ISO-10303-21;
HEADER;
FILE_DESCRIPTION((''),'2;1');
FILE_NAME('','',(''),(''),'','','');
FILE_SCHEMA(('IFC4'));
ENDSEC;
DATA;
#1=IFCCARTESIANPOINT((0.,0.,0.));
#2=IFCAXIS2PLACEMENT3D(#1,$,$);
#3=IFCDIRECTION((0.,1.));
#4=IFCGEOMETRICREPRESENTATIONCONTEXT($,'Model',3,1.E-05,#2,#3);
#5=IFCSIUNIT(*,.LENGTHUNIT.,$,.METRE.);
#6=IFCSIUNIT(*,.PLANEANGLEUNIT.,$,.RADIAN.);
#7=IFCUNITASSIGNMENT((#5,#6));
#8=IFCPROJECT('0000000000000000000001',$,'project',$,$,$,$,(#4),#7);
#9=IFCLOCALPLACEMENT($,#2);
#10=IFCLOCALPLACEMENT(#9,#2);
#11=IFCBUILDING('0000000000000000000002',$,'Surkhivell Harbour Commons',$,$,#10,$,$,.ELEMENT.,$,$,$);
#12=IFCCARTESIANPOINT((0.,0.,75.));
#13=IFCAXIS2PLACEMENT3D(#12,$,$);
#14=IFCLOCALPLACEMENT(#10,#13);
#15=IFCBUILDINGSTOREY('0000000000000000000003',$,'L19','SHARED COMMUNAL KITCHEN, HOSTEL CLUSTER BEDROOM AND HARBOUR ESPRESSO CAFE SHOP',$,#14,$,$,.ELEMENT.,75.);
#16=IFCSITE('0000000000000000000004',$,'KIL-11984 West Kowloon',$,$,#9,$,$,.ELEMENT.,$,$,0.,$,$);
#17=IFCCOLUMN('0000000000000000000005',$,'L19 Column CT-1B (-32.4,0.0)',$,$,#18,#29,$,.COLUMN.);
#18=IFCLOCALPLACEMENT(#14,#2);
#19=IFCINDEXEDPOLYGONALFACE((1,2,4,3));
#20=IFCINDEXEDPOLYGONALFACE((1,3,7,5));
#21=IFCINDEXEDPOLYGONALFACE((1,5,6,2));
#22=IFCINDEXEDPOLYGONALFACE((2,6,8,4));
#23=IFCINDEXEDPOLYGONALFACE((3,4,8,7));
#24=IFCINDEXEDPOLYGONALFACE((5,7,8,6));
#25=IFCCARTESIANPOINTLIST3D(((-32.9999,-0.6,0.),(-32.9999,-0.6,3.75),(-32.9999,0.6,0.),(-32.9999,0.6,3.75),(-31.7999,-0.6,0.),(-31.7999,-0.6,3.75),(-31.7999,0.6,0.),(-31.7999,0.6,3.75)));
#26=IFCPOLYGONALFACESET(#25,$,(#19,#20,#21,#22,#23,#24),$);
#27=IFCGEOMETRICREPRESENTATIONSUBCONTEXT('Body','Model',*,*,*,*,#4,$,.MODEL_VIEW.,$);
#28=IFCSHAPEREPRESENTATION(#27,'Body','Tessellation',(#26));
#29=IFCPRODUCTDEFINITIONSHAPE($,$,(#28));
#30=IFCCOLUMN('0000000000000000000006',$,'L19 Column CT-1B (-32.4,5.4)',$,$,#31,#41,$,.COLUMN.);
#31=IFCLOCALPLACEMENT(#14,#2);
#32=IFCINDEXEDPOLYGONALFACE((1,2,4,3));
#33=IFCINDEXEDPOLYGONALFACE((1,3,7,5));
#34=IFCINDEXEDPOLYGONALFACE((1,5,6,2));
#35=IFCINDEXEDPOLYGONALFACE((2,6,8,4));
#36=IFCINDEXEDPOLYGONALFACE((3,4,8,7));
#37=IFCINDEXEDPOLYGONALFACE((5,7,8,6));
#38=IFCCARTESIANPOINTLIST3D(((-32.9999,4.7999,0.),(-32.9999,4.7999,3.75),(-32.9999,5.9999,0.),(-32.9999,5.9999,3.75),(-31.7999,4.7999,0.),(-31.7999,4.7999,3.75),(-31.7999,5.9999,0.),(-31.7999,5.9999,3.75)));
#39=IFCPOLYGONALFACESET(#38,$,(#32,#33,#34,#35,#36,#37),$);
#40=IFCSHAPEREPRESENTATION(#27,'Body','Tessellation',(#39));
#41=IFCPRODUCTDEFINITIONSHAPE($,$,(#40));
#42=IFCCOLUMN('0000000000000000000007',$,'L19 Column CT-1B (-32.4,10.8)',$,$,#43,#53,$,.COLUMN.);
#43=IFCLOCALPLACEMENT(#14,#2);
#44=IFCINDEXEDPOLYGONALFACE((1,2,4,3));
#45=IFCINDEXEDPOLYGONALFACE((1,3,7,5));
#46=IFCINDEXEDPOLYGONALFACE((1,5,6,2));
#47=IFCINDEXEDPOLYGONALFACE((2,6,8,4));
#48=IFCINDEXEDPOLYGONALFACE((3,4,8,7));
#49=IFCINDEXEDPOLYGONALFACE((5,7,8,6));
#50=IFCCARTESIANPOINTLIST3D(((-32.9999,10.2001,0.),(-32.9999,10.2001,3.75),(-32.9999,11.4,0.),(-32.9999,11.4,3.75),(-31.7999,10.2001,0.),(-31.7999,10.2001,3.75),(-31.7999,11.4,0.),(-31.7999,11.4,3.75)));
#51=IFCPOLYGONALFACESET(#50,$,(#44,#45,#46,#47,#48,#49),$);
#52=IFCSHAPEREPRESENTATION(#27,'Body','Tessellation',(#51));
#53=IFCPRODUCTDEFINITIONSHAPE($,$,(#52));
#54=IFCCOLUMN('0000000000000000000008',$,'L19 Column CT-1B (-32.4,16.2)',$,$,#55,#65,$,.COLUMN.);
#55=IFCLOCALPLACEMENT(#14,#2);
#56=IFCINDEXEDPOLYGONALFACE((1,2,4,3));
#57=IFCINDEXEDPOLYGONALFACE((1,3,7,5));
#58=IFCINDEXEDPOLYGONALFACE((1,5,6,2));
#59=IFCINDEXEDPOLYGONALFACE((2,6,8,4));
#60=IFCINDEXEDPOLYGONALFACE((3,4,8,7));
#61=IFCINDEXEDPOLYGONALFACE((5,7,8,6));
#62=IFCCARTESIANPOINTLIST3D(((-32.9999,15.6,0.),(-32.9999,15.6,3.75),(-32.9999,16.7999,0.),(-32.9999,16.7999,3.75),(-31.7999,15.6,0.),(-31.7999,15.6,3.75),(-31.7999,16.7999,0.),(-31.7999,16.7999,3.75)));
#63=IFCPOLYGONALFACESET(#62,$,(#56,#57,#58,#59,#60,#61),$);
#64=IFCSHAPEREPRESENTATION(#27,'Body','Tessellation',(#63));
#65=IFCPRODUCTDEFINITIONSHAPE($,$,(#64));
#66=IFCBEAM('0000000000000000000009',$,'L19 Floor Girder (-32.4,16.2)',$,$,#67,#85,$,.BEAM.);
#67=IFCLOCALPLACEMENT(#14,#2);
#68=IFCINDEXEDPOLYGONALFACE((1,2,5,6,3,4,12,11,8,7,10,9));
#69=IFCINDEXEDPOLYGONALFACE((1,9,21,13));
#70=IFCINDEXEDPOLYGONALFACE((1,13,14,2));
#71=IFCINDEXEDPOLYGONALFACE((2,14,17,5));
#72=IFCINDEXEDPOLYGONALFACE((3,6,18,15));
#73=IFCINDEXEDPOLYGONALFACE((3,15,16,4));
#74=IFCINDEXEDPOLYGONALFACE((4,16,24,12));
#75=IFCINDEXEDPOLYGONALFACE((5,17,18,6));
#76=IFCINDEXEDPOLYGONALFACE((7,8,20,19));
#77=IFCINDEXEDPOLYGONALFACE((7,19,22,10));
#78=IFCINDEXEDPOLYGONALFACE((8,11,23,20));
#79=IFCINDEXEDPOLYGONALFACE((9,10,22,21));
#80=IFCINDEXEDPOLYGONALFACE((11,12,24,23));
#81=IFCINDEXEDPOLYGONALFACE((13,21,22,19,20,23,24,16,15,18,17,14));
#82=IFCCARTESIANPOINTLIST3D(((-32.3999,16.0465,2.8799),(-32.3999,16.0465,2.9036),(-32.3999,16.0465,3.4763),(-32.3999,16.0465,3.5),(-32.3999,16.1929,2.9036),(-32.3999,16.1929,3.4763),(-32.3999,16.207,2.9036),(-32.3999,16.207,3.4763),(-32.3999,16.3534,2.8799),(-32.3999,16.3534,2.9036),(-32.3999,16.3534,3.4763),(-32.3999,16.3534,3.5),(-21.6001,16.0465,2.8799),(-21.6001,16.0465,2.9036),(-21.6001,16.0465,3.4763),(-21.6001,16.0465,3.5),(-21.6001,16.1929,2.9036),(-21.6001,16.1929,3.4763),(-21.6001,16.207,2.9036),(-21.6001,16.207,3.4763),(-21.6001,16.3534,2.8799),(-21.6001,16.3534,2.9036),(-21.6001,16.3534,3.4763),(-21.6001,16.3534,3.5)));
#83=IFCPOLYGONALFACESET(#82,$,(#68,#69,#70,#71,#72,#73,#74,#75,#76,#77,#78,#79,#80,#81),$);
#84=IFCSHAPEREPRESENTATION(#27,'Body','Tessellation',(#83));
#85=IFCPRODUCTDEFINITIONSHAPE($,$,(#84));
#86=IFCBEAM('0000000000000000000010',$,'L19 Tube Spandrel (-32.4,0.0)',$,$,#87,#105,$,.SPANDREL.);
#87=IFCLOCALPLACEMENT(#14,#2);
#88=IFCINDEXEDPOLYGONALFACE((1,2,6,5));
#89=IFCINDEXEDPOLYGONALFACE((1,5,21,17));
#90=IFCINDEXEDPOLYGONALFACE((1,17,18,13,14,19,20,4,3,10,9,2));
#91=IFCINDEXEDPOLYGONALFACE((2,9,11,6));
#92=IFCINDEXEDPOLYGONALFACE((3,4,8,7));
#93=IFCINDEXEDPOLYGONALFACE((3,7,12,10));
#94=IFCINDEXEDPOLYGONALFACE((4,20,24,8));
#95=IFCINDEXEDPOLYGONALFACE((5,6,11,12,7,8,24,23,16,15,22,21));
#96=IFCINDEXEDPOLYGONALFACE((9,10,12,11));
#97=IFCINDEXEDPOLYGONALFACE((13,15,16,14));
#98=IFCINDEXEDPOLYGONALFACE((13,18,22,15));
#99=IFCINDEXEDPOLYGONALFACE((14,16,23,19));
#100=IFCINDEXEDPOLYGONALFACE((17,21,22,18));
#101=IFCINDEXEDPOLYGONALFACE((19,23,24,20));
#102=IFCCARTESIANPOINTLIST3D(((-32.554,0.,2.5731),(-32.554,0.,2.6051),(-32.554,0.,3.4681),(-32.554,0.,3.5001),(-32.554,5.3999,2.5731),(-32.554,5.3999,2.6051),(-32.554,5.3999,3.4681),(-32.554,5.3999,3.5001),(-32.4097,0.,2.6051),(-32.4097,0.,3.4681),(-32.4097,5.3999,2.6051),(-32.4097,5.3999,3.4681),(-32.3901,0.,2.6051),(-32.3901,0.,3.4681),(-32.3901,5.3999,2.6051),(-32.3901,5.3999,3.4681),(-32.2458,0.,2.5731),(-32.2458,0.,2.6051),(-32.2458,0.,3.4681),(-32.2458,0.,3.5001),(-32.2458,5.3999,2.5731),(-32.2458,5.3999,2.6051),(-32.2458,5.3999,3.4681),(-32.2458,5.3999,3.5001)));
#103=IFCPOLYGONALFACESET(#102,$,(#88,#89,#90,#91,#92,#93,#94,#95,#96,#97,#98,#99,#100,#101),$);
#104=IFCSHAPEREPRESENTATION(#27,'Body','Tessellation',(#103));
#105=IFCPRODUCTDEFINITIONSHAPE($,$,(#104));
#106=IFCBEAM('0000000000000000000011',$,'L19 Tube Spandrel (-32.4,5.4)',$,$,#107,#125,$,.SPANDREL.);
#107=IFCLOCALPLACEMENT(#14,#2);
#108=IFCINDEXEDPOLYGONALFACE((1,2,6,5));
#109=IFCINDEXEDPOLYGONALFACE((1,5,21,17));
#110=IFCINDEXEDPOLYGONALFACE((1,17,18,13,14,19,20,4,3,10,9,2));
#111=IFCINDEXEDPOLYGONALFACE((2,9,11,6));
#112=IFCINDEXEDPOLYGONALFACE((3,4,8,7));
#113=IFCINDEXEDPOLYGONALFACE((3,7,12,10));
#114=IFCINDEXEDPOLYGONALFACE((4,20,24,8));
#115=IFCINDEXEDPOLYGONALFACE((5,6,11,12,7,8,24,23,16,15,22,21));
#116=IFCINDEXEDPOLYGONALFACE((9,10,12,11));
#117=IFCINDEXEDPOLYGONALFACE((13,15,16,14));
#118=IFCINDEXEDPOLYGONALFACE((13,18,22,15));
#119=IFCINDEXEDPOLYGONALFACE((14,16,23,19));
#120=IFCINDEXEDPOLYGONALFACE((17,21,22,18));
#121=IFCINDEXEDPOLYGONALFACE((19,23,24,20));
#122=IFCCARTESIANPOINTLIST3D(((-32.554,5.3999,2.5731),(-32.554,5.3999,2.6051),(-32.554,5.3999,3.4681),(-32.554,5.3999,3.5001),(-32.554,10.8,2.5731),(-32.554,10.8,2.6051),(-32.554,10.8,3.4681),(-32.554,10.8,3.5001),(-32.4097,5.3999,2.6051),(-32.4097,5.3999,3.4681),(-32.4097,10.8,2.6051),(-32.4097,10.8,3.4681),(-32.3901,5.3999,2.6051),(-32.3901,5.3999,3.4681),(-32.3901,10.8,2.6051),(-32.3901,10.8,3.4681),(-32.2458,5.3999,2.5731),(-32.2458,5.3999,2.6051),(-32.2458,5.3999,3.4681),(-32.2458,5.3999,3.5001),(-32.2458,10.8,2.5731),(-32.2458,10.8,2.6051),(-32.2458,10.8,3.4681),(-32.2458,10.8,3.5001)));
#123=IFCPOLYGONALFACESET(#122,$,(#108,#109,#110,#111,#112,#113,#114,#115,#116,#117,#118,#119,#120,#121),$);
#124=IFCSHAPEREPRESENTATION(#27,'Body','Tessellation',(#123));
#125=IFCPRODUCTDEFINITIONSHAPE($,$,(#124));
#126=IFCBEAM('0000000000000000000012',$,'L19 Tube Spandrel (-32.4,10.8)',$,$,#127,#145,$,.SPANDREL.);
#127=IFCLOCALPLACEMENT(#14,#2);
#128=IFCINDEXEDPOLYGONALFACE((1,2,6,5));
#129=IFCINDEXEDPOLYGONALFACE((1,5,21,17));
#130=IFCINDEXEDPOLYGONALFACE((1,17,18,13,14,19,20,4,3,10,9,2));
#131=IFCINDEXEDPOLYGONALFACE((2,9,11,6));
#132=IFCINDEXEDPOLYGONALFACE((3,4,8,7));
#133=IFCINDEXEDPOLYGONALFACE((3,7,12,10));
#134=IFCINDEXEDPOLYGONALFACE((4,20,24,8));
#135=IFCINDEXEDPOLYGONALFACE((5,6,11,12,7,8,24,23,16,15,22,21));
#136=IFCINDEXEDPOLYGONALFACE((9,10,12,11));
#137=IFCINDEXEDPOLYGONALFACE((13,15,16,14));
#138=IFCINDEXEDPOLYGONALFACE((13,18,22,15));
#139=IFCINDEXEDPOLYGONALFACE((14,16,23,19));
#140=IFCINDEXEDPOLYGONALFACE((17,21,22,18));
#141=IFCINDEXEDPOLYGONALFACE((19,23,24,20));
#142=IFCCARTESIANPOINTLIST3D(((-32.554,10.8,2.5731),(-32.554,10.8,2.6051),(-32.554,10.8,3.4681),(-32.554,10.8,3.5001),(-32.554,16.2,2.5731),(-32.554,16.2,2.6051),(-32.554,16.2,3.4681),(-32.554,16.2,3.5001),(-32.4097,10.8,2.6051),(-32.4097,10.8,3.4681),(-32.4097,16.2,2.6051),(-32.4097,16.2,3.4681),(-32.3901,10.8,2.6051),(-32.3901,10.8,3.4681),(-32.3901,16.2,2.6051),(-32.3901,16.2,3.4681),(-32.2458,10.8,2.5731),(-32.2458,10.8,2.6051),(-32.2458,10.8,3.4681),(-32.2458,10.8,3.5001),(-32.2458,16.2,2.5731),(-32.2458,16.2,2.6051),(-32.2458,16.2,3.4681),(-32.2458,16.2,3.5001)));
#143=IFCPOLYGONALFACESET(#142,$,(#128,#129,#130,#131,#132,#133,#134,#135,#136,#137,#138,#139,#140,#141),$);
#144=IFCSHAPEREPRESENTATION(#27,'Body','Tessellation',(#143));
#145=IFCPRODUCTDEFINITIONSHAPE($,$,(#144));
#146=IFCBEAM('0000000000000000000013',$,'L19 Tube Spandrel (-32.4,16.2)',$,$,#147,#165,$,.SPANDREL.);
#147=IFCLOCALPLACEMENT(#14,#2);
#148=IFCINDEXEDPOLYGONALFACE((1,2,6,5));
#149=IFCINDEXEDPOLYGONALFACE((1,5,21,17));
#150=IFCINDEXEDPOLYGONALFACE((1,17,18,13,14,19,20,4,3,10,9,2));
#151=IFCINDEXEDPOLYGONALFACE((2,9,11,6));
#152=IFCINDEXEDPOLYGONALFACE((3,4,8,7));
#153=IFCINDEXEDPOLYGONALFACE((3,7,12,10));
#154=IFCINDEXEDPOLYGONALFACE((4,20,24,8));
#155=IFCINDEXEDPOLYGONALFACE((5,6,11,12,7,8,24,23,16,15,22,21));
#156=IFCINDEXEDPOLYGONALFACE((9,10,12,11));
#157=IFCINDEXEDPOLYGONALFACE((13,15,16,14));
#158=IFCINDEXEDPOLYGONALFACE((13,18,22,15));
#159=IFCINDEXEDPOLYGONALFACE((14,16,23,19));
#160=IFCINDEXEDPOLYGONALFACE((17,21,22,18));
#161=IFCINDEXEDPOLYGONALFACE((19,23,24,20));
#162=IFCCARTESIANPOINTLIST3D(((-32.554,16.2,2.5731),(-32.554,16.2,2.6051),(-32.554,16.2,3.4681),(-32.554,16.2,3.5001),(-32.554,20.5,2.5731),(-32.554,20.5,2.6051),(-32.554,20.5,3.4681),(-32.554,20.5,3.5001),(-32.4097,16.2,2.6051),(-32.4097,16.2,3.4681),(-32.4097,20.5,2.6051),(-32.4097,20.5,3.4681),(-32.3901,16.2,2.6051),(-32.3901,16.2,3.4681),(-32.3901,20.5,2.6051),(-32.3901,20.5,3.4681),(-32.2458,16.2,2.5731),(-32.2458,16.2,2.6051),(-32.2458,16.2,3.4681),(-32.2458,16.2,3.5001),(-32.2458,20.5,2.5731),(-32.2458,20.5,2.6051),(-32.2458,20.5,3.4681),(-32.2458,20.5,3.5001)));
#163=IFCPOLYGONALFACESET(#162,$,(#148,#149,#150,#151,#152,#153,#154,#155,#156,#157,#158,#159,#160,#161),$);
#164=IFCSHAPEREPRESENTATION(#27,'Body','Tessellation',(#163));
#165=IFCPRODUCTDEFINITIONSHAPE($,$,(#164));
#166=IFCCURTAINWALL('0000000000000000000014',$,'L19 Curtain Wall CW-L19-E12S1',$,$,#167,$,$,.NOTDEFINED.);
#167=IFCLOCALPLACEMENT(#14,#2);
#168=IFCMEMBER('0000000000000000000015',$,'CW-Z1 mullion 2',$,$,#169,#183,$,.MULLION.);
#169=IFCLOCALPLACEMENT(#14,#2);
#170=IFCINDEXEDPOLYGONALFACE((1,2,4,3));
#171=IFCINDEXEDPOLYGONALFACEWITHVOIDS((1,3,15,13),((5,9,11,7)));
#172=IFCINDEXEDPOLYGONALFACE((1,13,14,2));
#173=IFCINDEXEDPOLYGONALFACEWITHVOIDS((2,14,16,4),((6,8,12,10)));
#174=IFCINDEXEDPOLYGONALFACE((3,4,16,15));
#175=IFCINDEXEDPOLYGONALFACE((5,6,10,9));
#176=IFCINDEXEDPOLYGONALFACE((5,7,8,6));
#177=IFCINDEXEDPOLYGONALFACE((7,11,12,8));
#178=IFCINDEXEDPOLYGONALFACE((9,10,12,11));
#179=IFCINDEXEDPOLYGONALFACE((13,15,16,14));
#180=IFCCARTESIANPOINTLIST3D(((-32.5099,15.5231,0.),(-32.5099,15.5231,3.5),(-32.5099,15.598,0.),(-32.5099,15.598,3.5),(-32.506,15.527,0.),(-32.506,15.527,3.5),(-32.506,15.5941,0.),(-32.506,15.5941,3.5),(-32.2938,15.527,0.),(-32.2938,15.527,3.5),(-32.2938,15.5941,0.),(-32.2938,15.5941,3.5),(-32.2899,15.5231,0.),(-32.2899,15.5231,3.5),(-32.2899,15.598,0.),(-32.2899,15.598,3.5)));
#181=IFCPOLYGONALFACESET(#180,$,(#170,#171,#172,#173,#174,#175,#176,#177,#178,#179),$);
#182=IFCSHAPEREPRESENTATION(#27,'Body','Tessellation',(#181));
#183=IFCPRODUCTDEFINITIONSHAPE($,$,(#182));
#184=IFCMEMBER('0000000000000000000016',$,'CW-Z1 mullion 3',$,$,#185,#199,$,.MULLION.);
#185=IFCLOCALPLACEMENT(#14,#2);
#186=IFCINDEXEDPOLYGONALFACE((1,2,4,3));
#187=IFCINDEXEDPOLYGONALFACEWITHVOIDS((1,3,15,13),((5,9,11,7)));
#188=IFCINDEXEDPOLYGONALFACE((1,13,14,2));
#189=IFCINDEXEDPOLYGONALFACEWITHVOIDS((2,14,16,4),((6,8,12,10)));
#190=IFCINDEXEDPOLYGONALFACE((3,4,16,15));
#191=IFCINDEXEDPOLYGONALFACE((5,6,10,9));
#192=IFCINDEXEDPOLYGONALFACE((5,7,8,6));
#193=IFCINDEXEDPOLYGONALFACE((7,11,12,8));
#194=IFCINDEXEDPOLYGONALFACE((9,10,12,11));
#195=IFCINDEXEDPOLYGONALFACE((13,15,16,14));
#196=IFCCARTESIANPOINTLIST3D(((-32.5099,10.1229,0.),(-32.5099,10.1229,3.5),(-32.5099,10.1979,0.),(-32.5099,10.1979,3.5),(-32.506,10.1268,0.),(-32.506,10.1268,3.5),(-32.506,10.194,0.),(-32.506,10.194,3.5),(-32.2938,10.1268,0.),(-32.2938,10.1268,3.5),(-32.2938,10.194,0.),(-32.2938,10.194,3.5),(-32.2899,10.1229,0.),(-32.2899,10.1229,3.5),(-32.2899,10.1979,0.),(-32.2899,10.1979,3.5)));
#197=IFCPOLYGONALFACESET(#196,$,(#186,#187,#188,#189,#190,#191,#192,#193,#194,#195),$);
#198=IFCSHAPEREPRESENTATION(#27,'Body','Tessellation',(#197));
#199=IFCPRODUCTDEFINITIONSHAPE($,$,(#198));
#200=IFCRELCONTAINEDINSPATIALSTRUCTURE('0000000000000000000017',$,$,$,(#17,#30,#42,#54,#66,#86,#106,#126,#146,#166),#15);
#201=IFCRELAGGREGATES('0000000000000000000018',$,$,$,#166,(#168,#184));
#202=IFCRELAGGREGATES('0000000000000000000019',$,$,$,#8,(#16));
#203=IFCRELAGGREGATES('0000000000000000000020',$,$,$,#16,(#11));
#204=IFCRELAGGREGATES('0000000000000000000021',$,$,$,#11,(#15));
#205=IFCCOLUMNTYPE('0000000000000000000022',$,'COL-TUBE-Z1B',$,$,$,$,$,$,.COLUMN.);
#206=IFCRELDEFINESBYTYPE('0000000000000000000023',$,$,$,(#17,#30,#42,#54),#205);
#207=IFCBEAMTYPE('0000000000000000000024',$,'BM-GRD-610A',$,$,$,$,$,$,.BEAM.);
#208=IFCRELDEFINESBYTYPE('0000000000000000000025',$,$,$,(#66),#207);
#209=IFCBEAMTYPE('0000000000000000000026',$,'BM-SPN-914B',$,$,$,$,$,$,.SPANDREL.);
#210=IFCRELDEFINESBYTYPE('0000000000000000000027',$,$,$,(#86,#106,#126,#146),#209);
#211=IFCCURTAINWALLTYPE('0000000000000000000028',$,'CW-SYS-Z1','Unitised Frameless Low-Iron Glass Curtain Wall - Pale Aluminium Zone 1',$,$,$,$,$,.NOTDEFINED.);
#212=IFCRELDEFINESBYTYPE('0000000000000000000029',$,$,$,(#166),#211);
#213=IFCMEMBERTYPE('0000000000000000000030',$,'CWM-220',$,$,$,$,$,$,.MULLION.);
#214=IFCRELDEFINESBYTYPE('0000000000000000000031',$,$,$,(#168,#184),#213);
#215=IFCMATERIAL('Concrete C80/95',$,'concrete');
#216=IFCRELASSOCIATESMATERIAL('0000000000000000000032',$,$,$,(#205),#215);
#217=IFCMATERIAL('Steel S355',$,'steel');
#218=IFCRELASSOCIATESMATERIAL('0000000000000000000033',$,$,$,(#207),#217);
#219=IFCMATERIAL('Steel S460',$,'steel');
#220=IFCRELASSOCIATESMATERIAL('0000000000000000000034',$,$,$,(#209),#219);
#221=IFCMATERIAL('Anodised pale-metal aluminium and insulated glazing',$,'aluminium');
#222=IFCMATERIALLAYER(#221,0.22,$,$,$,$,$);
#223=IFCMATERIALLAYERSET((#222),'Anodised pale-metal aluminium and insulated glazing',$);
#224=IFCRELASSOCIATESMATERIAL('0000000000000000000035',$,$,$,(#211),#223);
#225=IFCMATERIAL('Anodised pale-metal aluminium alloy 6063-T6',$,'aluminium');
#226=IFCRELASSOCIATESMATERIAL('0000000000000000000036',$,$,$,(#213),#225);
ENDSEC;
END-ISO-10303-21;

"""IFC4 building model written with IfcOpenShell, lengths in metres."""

from ifc_helpers import new_model, si_unit, direction, frame, origin, origin_2d, place, context, subcontext, project, spatial, rectangle, hollow_rectangle, i_section, extrude, material, layer, layer_set, material_profile, profile_set, type_object, element, aggregate, save


model = new_model("IFC4")

# Units and contexts
model_context = context("Model", 3, precision=1e-05, world=origin(), true_north=direction((0.0, 1.0)))
body_context = subcontext(model_context, "Body", "Model", "MODEL_VIEW")
ifc_project = project(units=[si_unit("LENGTHUNIT", "METRE"), si_unit("PLANEANGLEUNIT", "RADIAN")], contexts=[model_context])

# Site, building, storey
site_placement = place(None, origin())
site = spatial("IfcSite", under=ifc_project, at=site_placement, Name="KIL-11984 West Kowloon", CompositionType="ELEMENT", RefElevation=0.0)
building_placement = place(site_placement, origin())
building = spatial("IfcBuilding", under=site, at=building_placement, Name="Surkhivell Harbour Commons", CompositionType="ELEMENT")
storey_placement = place(building_placement, frame((0.0, 0.0, 75.0)))
storey = spatial("IfcBuildingStorey", under=building, at=storey_placement, Name="L19", Description="SHARED COMMUNAL KITCHEN, HOSTEL CLUSTER BEDROOM AND HARBOUR ESPRESSO CAFE SHOP", CompositionType="ELEMENT", Elevation=75.0)

# Columns
ifc_material_1 = material(Name="Concrete C80/95", Category="concrete")
ifc_material_profile_1 = material_profile(ifc_material_1, rectangle(XDim=1.2, YDim=1.2, at=origin_2d()), Name="RC-COL-1200x1200")
ifc_profile_set_1 = profile_set([ifc_material_profile_1], Name="Concrete C80/95")
column_type = type_object("IfcColumnType", Name="COL-TUBE-Z1B", PredefinedType="COLUMN", material=ifc_profile_set_1)
for number, where, z_axis, x_axis, name in (
    (1, (-32.3999, 0.0, 0.0), (0.0, 0.0, 1.0), (1.0, 0.0, 0.0), "L19 Column CT-1B (-32.4,0.0)"),
    (2, (-32.3999, 5.3999, 0.0), (0.0, 0.0, 1.0), (1.0, 0.0, 0.0), "L19 Column CT-1B (-32.4,5.4)"),
    (3, (-32.3999, 10.8, 0.0), (0.0, 0.0, 1.0), (1.0, 0.0, 0.0), "L19 Column CT-1B (-32.4,10.8)"),
    (4, (-32.3999, 16.2, 0.0), (0.0, 0.0, 1.0), (1.0, 0.0, 0.0), "L19 Column CT-1B (-32.4,16.2)"),
):
    element("IfcColumn", number, at=place(storey_placement, frame(where, z_axis=z_axis, x_axis=x_axis)), inside=storey, type_object=column_type, Name=name, PredefinedType="COLUMN", context=body_context, shape_type="SweptSolid", body=[
        extrude(rectangle(XDim=1.2, YDim=1.2, at=origin_2d()), origin(), (0.0, 0.0, 1.0), 3.75),
    ])

# Beams
ifc_material_2 = material(Name="Steel S355", Category="steel")
ifc_material_profile_2 = material_profile(ifc_material_2, i_section(OverallWidth=0.3069, OverallDepth=0.6201, WebThickness=0.0142, FlangeThickness=0.0237, at=origin_2d()), Name="UB610x305x179")
ifc_profile_set_2 = profile_set([ifc_material_profile_2], Name="Steel S355")
beam_type_1 = type_object("IfcBeamType", Name="BM-GRD-610A", PredefinedType="BEAM", material=ifc_profile_set_2)
beam_1_placement = place(storey_placement, frame((-32.3999, 16.2, 3.1899), z_axis=(1.0, 0.0, 0.0), x_axis=(0.0, 1.0, 0.0)))
element("IfcBeam", 5, at=beam_1_placement, inside=storey, type_object=beam_type_1, Name="L19 Floor Girder (-32.4,16.2)", PredefinedType="BEAM", context=body_context, shape_type="SweptSolid", body=[
    extrude(i_section(OverallWidth=0.3069, OverallDepth=0.6201, WebThickness=0.0142, FlangeThickness=0.0237, at=origin_2d()), origin(), (0.0, 0.0, 1.0), 10.7998),
])
ifc_material_3 = material(Name="Steel S460", Category="steel")
ifc_material_profile_3 = material_profile(ifc_material_3, i_section(OverallWidth=0.3081, OverallDepth=0.927, WebThickness=0.0195, FlangeThickness=0.032, at=origin_2d()), Name="UB914x305x289")
ifc_profile_set_3 = profile_set([ifc_material_profile_3], Name="Steel S460")
beam_type_2 = type_object("IfcBeamType", Name="BM-SPN-914B", PredefinedType="SPANDREL", material=ifc_profile_set_3)
beam_2_placement = place(storey_placement, frame((-32.3999, 0.0, 3.0366), z_axis=(0.0, 1.0, 0.0), x_axis=(-1.0, 0.0, 0.0)))
element("IfcBeam", 6, at=beam_2_placement, inside=storey, type_object=beam_type_2, Name="L19 Tube Spandrel (-32.4,0.0)", PredefinedType="SPANDREL", context=body_context, shape_type="SweptSolid", body=[
    extrude(i_section(OverallWidth=0.3081, OverallDepth=0.927, WebThickness=0.0195, FlangeThickness=0.032, at=origin_2d()), origin(), (0.0, 0.0, 1.0), 5.3999),
])
beam_3_placement = place(storey_placement, frame((-32.3999, 5.3999, 3.0366), z_axis=(0.0, 1.0, 0.0), x_axis=(-1.0, 0.0, 0.0)))
element("IfcBeam", 7, at=beam_3_placement, inside=storey, type_object=beam_type_2, Name="L19 Tube Spandrel (-32.4,5.4)", PredefinedType="SPANDREL", context=body_context, shape_type="SweptSolid", body=[
    extrude(i_section(OverallWidth=0.3081, OverallDepth=0.927, WebThickness=0.0195, FlangeThickness=0.032, at=origin_2d()), origin(), (0.0, 0.0, 1.0), 5.4001),
])
beam_4_placement = place(storey_placement, frame((-32.3999, 10.8, 3.0366), z_axis=(0.0, 1.0, 0.0), x_axis=(-1.0, 0.0, 0.0)))
element("IfcBeam", 8, at=beam_4_placement, inside=storey, type_object=beam_type_2, Name="L19 Tube Spandrel (-32.4,10.8)", PredefinedType="SPANDREL", context=body_context, shape_type="SweptSolid", body=[
    extrude(i_section(OverallWidth=0.3081, OverallDepth=0.927, WebThickness=0.0195, FlangeThickness=0.032, at=origin_2d()), origin(), (0.0, 0.0, 1.0), 5.3999),
])
beam_5_placement = place(storey_placement, frame((-32.3999, 16.2, 3.0366), z_axis=(0.0, 1.0, 0.0), x_axis=(-1.0, 0.0, 0.0)))
element("IfcBeam", 9, at=beam_5_placement, inside=storey, type_object=beam_type_2, Name="L19 Tube Spandrel (-32.4,16.2)", PredefinedType="SPANDREL", context=body_context, shape_type="SweptSolid", body=[
    extrude(i_section(OverallWidth=0.3081, OverallDepth=0.927, WebThickness=0.0195, FlangeThickness=0.032, at=origin_2d()), origin(), (0.0, 0.0, 1.0), 4.3),
])

# Curtain wall, members
ifc_material_4 = material(Name="Anodised pale-metal aluminium and insulated glazing", Category="aluminium")
ifc_layer_1 = layer(ifc_material_4, 0.22)
ifc_layer_set_1 = layer_set([ifc_layer_1], Name="Anodised pale-metal aluminium and insulated glazing")
curtain_wall_type = type_object("IfcCurtainWallType", Name="CW-SYS-Z1", Description="Unitised Frameless Low-Iron Glass Curtain Wall - Pale Aluminium Zone 1", PredefinedType="NOTDEFINED", material=ifc_layer_set_1)
curtain_wall_placement = place(storey_placement, origin())
curtain_wall = element("IfcCurtainWall", 10, at=curtain_wall_placement, inside=storey, type_object=curtain_wall_type, Name="L19 Curtain Wall CW-L19-E12S1", PredefinedType="NOTDEFINED")
ifc_material_5 = material(Name="Anodised pale-metal aluminium alloy 6063-T6", Category="aluminium")
ifc_material_profile_4 = material_profile(ifc_material_5, hollow_rectangle(XDim=0.075, YDim=0.22, WallThickness=0.0039, at=origin_2d()), Name="ALU-MULL-75x220")
ifc_profile_set_4 = profile_set([ifc_material_profile_4], Name="Anodised pale-metal aluminium alloy 6063-T6")
member_type_1 = type_object("IfcMemberType", Name="CWM-220", PredefinedType="MULLION", material=ifc_profile_set_4)
member_1_placement = place(storey_placement, frame((-32.3999, 15.5605, 0.0), z_axis=(0.0, 0.0, 1.0), x_axis=(0.0, -1.0, 0.0)))
member_1 = element("IfcMember", 11, at=member_1_placement, type_object=member_type_1, Name="CW-Z1 mullion 2", PredefinedType="MULLION", context=body_context, shape_type="SweptSolid", body=[
    extrude(hollow_rectangle(XDim=0.075, YDim=0.22, WallThickness=0.0039, at=origin_2d()), origin(), (0.0, 0.0, 1.0), 3.5),
])
member_2_placement = place(storey_placement, frame((-32.3999, 10.1604, 0.0), z_axis=(0.0, 0.0, 1.0), x_axis=(0.0, -1.0, 0.0)))
member_2 = element("IfcMember", 12, at=member_2_placement, type_object=member_type_1, Name="CW-Z1 mullion 3", PredefinedType="MULLION", context=body_context, shape_type="SweptSolid", body=[
    extrude(hollow_rectangle(XDim=0.075, YDim=0.22, WallThickness=0.0039, at=origin_2d()), origin(), (0.0, 0.0, 1.0), 3.5),
])
aggregate(curtain_wall, [member_1, member_2])

save(model, "model.ifc")
